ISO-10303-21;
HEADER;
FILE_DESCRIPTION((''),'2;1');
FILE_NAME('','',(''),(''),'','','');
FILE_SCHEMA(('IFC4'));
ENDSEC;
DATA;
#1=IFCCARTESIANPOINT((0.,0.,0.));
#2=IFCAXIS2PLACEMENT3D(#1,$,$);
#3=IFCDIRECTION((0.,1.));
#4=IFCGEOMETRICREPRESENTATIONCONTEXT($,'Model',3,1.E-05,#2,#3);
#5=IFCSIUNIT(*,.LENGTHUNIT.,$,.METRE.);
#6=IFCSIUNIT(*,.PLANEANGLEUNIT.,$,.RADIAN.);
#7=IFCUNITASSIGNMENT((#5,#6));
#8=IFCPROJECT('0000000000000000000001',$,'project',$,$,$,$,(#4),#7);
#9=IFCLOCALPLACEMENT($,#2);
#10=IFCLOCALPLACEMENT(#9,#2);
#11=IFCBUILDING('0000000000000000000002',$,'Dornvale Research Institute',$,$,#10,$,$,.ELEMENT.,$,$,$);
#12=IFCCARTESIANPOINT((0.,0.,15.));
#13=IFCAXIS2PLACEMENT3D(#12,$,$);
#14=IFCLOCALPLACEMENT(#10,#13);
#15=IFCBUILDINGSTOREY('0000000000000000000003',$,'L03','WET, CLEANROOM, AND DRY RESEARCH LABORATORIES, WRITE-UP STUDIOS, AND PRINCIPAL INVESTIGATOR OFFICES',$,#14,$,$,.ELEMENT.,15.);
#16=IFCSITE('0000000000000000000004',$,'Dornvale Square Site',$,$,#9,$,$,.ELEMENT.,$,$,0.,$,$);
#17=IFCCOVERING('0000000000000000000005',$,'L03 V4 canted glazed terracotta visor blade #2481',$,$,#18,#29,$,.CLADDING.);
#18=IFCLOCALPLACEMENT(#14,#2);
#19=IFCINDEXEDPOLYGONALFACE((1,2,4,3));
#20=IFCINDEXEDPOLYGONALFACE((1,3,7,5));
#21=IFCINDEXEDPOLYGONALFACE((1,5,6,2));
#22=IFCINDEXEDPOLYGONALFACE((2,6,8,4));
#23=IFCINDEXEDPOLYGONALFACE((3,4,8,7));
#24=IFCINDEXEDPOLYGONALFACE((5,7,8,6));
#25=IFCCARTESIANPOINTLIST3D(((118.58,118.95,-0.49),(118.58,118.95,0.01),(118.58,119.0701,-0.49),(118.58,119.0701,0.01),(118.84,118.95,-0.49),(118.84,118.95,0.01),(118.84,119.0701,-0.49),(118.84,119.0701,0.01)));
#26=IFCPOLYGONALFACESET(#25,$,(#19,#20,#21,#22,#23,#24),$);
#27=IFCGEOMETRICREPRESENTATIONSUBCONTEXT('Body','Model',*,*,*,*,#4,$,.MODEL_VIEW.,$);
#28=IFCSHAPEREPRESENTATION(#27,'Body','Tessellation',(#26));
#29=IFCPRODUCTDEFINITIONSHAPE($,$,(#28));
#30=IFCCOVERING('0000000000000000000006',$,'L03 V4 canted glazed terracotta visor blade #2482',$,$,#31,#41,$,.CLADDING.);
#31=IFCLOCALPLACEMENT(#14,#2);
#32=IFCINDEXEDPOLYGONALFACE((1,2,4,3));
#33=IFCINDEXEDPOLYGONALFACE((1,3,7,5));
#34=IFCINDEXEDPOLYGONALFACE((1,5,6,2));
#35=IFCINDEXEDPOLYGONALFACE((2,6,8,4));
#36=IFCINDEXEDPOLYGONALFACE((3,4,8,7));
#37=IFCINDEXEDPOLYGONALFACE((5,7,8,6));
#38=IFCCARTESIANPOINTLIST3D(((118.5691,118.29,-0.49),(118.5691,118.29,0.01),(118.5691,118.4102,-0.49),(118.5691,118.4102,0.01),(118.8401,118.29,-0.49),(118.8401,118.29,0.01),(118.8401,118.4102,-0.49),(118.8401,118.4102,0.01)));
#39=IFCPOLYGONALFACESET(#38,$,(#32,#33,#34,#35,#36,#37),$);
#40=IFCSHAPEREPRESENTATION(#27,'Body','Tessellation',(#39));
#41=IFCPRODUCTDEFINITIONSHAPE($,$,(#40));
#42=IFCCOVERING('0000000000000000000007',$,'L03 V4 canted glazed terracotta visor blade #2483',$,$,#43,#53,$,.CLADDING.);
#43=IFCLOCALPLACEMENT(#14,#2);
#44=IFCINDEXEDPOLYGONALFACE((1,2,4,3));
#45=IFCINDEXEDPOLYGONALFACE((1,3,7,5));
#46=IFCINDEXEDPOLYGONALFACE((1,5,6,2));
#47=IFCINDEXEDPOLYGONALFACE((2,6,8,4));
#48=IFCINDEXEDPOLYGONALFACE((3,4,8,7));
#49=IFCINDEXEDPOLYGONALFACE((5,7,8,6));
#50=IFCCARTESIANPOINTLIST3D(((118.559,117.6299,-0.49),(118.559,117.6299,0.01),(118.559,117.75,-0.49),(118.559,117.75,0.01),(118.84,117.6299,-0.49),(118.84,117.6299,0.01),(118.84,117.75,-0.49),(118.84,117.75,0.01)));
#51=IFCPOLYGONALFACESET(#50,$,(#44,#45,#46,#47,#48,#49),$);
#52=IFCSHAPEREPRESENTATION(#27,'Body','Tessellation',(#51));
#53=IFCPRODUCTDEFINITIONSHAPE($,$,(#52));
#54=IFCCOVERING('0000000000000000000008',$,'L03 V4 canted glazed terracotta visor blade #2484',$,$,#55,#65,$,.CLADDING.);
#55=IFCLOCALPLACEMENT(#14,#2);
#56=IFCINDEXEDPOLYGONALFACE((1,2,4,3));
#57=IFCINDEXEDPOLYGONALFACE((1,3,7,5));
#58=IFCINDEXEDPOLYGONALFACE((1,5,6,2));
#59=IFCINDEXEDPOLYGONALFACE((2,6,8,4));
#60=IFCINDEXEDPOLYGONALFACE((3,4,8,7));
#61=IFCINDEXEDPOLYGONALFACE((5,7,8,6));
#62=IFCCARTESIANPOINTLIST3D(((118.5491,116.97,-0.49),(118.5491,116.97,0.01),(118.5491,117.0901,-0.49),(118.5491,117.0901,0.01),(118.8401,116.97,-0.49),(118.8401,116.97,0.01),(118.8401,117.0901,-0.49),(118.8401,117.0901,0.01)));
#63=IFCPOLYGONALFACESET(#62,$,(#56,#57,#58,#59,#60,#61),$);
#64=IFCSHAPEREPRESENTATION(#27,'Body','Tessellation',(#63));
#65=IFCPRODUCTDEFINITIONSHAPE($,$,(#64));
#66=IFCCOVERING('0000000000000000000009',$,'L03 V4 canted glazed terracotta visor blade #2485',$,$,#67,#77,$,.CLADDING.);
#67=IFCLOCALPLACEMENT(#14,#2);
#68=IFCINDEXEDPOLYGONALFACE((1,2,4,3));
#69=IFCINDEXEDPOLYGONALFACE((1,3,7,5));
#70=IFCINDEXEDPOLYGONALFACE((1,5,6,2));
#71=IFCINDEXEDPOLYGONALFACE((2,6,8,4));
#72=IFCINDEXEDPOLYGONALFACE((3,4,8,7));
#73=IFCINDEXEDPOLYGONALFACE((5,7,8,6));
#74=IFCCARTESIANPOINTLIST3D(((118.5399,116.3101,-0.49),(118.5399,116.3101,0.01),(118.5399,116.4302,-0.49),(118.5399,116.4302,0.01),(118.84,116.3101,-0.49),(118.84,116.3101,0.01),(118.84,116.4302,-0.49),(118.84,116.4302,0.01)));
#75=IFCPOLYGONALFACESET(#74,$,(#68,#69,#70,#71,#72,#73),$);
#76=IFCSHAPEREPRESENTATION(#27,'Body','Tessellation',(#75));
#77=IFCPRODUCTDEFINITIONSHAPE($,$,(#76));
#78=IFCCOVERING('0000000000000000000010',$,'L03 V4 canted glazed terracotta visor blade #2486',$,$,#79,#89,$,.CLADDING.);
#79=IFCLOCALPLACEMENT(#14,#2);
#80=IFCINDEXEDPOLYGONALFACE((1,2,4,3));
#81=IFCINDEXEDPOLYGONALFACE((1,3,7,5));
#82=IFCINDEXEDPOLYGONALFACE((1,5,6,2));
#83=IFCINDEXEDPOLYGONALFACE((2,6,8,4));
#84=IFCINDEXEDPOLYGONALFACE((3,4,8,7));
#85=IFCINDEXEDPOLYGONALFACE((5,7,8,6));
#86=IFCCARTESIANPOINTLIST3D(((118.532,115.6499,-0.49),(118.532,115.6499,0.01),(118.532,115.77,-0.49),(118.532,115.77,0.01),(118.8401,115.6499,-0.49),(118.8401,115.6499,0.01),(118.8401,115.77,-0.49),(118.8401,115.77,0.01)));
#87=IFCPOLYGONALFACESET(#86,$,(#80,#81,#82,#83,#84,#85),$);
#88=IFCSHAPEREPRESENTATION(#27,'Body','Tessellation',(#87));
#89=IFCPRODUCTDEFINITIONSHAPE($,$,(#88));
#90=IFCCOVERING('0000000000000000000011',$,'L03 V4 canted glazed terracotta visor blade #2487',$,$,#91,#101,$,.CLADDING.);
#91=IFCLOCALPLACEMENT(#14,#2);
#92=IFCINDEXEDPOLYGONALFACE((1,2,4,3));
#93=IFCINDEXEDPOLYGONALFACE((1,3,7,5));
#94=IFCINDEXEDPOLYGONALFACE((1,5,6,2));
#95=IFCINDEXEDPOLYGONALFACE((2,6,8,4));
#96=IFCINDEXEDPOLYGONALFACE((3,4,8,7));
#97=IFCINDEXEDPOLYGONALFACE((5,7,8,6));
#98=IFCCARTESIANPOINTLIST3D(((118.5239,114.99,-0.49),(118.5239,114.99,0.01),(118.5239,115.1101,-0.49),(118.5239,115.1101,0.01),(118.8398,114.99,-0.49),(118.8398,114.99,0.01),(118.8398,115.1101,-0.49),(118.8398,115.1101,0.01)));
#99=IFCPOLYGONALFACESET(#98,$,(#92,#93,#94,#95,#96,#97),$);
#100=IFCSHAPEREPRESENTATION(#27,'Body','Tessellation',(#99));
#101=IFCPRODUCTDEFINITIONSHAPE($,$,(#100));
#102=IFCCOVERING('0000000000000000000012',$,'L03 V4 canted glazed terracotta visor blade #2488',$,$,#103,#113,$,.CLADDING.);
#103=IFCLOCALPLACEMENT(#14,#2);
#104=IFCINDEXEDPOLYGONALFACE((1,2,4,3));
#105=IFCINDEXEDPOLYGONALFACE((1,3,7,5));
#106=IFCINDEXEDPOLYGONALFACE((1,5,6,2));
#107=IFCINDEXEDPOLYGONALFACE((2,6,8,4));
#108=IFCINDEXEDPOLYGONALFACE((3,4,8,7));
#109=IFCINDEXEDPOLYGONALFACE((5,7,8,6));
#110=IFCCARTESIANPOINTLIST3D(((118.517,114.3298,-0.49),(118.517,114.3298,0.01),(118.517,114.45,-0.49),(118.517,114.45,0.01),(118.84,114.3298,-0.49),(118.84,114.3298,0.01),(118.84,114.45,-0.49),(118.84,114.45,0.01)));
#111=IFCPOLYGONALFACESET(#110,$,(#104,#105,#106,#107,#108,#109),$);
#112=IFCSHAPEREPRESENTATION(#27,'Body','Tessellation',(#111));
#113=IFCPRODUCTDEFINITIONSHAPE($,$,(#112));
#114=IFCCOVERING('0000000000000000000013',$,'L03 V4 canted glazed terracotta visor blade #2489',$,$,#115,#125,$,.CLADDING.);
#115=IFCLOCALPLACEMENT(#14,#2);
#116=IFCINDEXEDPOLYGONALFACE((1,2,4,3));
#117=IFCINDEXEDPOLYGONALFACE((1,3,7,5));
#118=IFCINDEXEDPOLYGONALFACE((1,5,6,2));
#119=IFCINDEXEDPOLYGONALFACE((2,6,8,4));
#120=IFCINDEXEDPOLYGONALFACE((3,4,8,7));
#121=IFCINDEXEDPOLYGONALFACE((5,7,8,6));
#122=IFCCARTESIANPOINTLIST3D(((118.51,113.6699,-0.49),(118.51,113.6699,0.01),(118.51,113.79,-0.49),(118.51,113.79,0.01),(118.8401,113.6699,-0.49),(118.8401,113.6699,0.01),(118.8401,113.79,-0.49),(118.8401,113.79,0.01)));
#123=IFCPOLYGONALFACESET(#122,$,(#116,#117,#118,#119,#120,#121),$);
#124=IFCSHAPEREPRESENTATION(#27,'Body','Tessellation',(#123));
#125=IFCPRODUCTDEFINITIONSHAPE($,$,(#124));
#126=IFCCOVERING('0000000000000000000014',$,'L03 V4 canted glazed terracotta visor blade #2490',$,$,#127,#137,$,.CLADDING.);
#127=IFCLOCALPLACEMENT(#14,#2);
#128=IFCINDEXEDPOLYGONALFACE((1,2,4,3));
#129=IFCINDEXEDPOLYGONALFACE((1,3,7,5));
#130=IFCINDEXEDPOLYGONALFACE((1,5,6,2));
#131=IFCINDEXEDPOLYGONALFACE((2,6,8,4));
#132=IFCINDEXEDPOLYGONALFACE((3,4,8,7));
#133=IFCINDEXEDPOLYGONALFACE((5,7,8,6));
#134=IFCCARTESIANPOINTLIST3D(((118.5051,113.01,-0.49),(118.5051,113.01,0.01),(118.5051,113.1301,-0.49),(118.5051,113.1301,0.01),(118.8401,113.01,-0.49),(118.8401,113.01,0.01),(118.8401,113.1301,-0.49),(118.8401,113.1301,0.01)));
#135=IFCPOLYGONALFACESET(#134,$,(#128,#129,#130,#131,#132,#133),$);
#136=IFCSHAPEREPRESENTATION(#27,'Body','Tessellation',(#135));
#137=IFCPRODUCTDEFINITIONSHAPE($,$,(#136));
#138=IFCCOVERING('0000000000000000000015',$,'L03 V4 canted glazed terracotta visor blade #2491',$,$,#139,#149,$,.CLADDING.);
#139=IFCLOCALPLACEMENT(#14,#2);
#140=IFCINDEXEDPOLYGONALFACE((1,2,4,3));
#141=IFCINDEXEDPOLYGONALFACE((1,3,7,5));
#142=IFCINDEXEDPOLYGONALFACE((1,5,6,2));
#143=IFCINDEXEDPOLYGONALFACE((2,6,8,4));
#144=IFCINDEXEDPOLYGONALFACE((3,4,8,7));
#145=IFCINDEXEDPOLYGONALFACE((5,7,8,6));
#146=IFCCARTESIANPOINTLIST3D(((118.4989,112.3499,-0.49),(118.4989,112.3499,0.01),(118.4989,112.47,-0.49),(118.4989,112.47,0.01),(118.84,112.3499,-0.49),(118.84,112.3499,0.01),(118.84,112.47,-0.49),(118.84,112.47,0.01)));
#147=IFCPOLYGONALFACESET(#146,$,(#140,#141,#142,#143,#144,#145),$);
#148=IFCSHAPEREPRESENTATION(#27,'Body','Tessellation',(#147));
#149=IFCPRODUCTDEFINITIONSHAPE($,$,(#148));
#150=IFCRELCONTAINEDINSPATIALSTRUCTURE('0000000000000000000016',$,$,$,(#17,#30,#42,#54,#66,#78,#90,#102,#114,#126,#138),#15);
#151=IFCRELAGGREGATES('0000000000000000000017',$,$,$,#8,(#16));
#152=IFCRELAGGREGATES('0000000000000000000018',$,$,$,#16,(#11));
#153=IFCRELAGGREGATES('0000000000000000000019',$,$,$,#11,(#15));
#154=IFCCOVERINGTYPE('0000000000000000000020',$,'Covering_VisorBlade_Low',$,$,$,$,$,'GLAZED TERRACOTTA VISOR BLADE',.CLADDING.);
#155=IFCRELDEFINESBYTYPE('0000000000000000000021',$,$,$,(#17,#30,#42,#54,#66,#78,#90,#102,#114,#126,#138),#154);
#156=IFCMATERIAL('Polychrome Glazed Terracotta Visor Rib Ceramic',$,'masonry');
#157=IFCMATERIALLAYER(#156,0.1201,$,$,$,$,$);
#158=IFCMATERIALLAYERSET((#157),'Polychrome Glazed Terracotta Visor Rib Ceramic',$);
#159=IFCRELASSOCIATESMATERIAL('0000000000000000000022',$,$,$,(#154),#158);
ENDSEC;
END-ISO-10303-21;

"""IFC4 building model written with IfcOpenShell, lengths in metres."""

from ifc_helpers import new_model, si_unit, direction, frame, origin, origin_2d, place, context, subcontext, project, spatial, rectangle, extrude, material, layer, layer_set, type_object, element, save


model = new_model("IFC4")

# Units and contexts
model_context = context("Model", 3, precision=1e-05, world=origin(), true_north=direction((0.0, 1.0)))
body_context = subcontext(model_context, "Body", "Model", "MODEL_VIEW")
ifc_project = project(units=[si_unit("LENGTHUNIT", "METRE"), si_unit("PLANEANGLEUNIT", "RADIAN")], contexts=[model_context])

# Site, building, storey
site_placement = place(None, origin())
site = spatial("IfcSite", under=ifc_project, at=site_placement, Name="Dornvale Square Site", CompositionType="ELEMENT", RefElevation=0.0)
building_placement = place(site_placement, origin())
building = spatial("IfcBuilding", under=site, at=building_placement, Name="Dornvale Research Institute", CompositionType="ELEMENT")
storey_placement = place(building_placement, frame((0.0, 0.0, 15.0)))
storey = spatial("IfcBuildingStorey", under=building, at=storey_placement, Name="L03", Description="WET, CLEANROOM, AND DRY RESEARCH LABORATORIES, WRITE-UP STUDIOS, AND PRINCIPAL INVESTIGATOR OFFICES", CompositionType="ELEMENT", Elevation=15.0)

# Coverings
ifc_material_1 = material(Name="Polychrome Glazed Terracotta Visor Rib Ceramic", Category="masonry")
ifc_layer_1 = layer(ifc_material_1, 0.1201)
ifc_layer_set_1 = layer_set([ifc_layer_1], Name="Polychrome Glazed Terracotta Visor Rib Ceramic")
covering_type = type_object("IfcCoveringType", Name="Covering_VisorBlade_Low", ElementType="GLAZED TERRACOTTA VISOR BLADE", PredefinedType="CLADDING", material=ifc_layer_set_1)
covering_1_placement = place(storey_placement, frame((118.71, 119.01, -0.49), z_axis=(0.0, 0.0, 1.0), x_axis=(1.0, 0.0, 0.0)))
element("IfcCovering", 1, at=covering_1_placement, inside=storey, type_object=covering_type, Name="L03 V4 canted glazed terracotta visor blade #2481", PredefinedType="CLADDING", context=body_context, shape_type="SweptSolid", body=[
    extrude(rectangle(XDim=0.26, YDim=0.1201, at=origin_2d()), origin(), (0.0, 0.0, 1.0), 0.5),
])
covering_2_placement = place(storey_placement, frame((118.7046, 118.3501, -0.49), z_axis=(0.0, 0.0, 1.0), x_axis=(1.0, 0.0, 0.0)))
element("IfcCovering", 2, at=covering_2_placement, inside=storey, type_object=covering_type, Name="L03 V4 canted glazed terracotta visor blade #2482", PredefinedType="CLADDING", context=body_context, shape_type="SweptSolid", body=[
    extrude(rectangle(XDim=0.271, YDim=0.1201, at=origin_2d()), origin(), (0.0, 0.0, 1.0), 0.5),
])
covering_3_placement = place(storey_placement, frame((118.6995, 117.6899, -0.49), z_axis=(0.0, 0.0, 1.0), x_axis=(1.0, 0.0, 0.0)))
element("IfcCovering", 3, at=covering_3_placement, inside=storey, type_object=covering_type, Name="L03 V4 canted glazed terracotta visor blade #2483", PredefinedType="CLADDING", context=body_context, shape_type="SweptSolid", body=[
    extrude(rectangle(XDim=0.281, YDim=0.1201, at=origin_2d()), origin(), (0.0, 0.0, 1.0), 0.5),
])
covering_4_placement = place(storey_placement, frame((118.6946, 117.03, -0.49), z_axis=(0.0, 0.0, 1.0), x_axis=(1.0, 0.0, 0.0)))
element("IfcCovering", 4, at=covering_4_placement, inside=storey, type_object=covering_type, Name="L03 V4 canted glazed terracotta visor blade #2484", PredefinedType="CLADDING", context=body_context, shape_type="SweptSolid", body=[
    extrude(rectangle(XDim=0.291, YDim=0.1201, at=origin_2d()), origin(), (0.0, 0.0, 1.0), 0.5),
])
covering_5_placement = place(storey_placement, frame((118.6899, 116.3701, -0.49), z_axis=(0.0, 0.0, 1.0), x_axis=(1.0, 0.0, 0.0)))
element("IfcCovering", 5, at=covering_5_placement, inside=storey, type_object=covering_type, Name="L03 V4 canted glazed terracotta visor blade #2485", PredefinedType="CLADDING", context=body_context, shape_type="SweptSolid", body=[
    extrude(rectangle(XDim=0.3, YDim=0.1201, at=origin_2d()), origin(), (0.0, 0.0, 1.0), 0.5),
])
covering_6_placement = place(storey_placement, frame((118.686, 115.71, -0.49), z_axis=(0.0, 0.0, 1.0), x_axis=(1.0, 0.0, 0.0)))
element("IfcCovering", 6, at=covering_6_placement, inside=storey, type_object=covering_type, Name="L03 V4 canted glazed terracotta visor blade #2486", PredefinedType="CLADDING", context=body_context, shape_type="SweptSolid", body=[
    extrude(rectangle(XDim=0.3081, YDim=0.1201, at=origin_2d()), origin(), (0.0, 0.0, 1.0), 0.5),
])
covering_7_placement = place(storey_placement, frame((118.6819, 115.05, -0.49), z_axis=(0.0, 0.0, 1.0), x_axis=(1.0, 0.0, 0.0)))
element("IfcCovering", 7, at=covering_7_placement, inside=storey, type_object=covering_type, Name="L03 V4 canted glazed terracotta visor blade #2487", PredefinedType="CLADDING", context=body_context, shape_type="SweptSolid", body=[
    extrude(rectangle(XDim=0.3159, YDim=0.1201, at=origin_2d()), origin(), (0.0, 0.0, 1.0), 0.5),
])
covering_8_placement = place(storey_placement, frame((118.6785, 114.3899, -0.49), z_axis=(0.0, 0.0, 1.0), x_axis=(1.0, 0.0, 0.0)))
element("IfcCovering", 8, at=covering_8_placement, inside=storey, type_object=covering_type, Name="L03 V4 canted glazed terracotta visor blade #2488", PredefinedType="CLADDING", context=body_context, shape_type="SweptSolid", body=[
    extrude(rectangle(XDim=0.323, YDim=0.1201, at=origin_2d()), origin(), (0.0, 0.0, 1.0), 0.5),
])
covering_9_placement = place(storey_placement, frame((118.675, 113.73, -0.49), z_axis=(0.0, 0.0, 1.0), x_axis=(1.0, 0.0, 0.0)))
element("IfcCovering", 9, at=covering_9_placement, inside=storey, type_object=covering_type, Name="L03 V4 canted glazed terracotta visor blade #2489", PredefinedType="CLADDING", context=body_context, shape_type="SweptSolid", body=[
    extrude(rectangle(XDim=0.3301, YDim=0.1201, at=origin_2d()), origin(), (0.0, 0.0, 1.0), 0.5),
])
covering_10_placement = place(storey_placement, frame((118.6726, 113.0701, -0.49), z_axis=(0.0, 0.0, 1.0), x_axis=(1.0, 0.0, 0.0)))
element("IfcCovering", 10, at=covering_10_placement, inside=storey, type_object=covering_type, Name="L03 V4 canted glazed terracotta visor blade #2490", PredefinedType="CLADDING", context=body_context, shape_type="SweptSolid", body=[
    extrude(rectangle(XDim=0.335, YDim=0.1201, at=origin_2d()), origin(), (0.0, 0.0, 1.0), 0.5),
])
covering_11_placement = place(storey_placement, frame((118.6694, 112.4099, -0.49), z_axis=(0.0, 0.0, 1.0), x_axis=(1.0, 0.0, 0.0)))
element("IfcCovering", 11, at=covering_11_placement, inside=storey, type_object=covering_type, Name="L03 V4 canted glazed terracotta visor blade #2491", PredefinedType="CLADDING", context=body_context, shape_type="SweptSolid", body=[
    extrude(rectangle(XDim=0.3411, YDim=0.1201, at=origin_2d()), origin(), (0.0, 0.0, 1.0), 0.5),
])

save(model, "model.ifc")
